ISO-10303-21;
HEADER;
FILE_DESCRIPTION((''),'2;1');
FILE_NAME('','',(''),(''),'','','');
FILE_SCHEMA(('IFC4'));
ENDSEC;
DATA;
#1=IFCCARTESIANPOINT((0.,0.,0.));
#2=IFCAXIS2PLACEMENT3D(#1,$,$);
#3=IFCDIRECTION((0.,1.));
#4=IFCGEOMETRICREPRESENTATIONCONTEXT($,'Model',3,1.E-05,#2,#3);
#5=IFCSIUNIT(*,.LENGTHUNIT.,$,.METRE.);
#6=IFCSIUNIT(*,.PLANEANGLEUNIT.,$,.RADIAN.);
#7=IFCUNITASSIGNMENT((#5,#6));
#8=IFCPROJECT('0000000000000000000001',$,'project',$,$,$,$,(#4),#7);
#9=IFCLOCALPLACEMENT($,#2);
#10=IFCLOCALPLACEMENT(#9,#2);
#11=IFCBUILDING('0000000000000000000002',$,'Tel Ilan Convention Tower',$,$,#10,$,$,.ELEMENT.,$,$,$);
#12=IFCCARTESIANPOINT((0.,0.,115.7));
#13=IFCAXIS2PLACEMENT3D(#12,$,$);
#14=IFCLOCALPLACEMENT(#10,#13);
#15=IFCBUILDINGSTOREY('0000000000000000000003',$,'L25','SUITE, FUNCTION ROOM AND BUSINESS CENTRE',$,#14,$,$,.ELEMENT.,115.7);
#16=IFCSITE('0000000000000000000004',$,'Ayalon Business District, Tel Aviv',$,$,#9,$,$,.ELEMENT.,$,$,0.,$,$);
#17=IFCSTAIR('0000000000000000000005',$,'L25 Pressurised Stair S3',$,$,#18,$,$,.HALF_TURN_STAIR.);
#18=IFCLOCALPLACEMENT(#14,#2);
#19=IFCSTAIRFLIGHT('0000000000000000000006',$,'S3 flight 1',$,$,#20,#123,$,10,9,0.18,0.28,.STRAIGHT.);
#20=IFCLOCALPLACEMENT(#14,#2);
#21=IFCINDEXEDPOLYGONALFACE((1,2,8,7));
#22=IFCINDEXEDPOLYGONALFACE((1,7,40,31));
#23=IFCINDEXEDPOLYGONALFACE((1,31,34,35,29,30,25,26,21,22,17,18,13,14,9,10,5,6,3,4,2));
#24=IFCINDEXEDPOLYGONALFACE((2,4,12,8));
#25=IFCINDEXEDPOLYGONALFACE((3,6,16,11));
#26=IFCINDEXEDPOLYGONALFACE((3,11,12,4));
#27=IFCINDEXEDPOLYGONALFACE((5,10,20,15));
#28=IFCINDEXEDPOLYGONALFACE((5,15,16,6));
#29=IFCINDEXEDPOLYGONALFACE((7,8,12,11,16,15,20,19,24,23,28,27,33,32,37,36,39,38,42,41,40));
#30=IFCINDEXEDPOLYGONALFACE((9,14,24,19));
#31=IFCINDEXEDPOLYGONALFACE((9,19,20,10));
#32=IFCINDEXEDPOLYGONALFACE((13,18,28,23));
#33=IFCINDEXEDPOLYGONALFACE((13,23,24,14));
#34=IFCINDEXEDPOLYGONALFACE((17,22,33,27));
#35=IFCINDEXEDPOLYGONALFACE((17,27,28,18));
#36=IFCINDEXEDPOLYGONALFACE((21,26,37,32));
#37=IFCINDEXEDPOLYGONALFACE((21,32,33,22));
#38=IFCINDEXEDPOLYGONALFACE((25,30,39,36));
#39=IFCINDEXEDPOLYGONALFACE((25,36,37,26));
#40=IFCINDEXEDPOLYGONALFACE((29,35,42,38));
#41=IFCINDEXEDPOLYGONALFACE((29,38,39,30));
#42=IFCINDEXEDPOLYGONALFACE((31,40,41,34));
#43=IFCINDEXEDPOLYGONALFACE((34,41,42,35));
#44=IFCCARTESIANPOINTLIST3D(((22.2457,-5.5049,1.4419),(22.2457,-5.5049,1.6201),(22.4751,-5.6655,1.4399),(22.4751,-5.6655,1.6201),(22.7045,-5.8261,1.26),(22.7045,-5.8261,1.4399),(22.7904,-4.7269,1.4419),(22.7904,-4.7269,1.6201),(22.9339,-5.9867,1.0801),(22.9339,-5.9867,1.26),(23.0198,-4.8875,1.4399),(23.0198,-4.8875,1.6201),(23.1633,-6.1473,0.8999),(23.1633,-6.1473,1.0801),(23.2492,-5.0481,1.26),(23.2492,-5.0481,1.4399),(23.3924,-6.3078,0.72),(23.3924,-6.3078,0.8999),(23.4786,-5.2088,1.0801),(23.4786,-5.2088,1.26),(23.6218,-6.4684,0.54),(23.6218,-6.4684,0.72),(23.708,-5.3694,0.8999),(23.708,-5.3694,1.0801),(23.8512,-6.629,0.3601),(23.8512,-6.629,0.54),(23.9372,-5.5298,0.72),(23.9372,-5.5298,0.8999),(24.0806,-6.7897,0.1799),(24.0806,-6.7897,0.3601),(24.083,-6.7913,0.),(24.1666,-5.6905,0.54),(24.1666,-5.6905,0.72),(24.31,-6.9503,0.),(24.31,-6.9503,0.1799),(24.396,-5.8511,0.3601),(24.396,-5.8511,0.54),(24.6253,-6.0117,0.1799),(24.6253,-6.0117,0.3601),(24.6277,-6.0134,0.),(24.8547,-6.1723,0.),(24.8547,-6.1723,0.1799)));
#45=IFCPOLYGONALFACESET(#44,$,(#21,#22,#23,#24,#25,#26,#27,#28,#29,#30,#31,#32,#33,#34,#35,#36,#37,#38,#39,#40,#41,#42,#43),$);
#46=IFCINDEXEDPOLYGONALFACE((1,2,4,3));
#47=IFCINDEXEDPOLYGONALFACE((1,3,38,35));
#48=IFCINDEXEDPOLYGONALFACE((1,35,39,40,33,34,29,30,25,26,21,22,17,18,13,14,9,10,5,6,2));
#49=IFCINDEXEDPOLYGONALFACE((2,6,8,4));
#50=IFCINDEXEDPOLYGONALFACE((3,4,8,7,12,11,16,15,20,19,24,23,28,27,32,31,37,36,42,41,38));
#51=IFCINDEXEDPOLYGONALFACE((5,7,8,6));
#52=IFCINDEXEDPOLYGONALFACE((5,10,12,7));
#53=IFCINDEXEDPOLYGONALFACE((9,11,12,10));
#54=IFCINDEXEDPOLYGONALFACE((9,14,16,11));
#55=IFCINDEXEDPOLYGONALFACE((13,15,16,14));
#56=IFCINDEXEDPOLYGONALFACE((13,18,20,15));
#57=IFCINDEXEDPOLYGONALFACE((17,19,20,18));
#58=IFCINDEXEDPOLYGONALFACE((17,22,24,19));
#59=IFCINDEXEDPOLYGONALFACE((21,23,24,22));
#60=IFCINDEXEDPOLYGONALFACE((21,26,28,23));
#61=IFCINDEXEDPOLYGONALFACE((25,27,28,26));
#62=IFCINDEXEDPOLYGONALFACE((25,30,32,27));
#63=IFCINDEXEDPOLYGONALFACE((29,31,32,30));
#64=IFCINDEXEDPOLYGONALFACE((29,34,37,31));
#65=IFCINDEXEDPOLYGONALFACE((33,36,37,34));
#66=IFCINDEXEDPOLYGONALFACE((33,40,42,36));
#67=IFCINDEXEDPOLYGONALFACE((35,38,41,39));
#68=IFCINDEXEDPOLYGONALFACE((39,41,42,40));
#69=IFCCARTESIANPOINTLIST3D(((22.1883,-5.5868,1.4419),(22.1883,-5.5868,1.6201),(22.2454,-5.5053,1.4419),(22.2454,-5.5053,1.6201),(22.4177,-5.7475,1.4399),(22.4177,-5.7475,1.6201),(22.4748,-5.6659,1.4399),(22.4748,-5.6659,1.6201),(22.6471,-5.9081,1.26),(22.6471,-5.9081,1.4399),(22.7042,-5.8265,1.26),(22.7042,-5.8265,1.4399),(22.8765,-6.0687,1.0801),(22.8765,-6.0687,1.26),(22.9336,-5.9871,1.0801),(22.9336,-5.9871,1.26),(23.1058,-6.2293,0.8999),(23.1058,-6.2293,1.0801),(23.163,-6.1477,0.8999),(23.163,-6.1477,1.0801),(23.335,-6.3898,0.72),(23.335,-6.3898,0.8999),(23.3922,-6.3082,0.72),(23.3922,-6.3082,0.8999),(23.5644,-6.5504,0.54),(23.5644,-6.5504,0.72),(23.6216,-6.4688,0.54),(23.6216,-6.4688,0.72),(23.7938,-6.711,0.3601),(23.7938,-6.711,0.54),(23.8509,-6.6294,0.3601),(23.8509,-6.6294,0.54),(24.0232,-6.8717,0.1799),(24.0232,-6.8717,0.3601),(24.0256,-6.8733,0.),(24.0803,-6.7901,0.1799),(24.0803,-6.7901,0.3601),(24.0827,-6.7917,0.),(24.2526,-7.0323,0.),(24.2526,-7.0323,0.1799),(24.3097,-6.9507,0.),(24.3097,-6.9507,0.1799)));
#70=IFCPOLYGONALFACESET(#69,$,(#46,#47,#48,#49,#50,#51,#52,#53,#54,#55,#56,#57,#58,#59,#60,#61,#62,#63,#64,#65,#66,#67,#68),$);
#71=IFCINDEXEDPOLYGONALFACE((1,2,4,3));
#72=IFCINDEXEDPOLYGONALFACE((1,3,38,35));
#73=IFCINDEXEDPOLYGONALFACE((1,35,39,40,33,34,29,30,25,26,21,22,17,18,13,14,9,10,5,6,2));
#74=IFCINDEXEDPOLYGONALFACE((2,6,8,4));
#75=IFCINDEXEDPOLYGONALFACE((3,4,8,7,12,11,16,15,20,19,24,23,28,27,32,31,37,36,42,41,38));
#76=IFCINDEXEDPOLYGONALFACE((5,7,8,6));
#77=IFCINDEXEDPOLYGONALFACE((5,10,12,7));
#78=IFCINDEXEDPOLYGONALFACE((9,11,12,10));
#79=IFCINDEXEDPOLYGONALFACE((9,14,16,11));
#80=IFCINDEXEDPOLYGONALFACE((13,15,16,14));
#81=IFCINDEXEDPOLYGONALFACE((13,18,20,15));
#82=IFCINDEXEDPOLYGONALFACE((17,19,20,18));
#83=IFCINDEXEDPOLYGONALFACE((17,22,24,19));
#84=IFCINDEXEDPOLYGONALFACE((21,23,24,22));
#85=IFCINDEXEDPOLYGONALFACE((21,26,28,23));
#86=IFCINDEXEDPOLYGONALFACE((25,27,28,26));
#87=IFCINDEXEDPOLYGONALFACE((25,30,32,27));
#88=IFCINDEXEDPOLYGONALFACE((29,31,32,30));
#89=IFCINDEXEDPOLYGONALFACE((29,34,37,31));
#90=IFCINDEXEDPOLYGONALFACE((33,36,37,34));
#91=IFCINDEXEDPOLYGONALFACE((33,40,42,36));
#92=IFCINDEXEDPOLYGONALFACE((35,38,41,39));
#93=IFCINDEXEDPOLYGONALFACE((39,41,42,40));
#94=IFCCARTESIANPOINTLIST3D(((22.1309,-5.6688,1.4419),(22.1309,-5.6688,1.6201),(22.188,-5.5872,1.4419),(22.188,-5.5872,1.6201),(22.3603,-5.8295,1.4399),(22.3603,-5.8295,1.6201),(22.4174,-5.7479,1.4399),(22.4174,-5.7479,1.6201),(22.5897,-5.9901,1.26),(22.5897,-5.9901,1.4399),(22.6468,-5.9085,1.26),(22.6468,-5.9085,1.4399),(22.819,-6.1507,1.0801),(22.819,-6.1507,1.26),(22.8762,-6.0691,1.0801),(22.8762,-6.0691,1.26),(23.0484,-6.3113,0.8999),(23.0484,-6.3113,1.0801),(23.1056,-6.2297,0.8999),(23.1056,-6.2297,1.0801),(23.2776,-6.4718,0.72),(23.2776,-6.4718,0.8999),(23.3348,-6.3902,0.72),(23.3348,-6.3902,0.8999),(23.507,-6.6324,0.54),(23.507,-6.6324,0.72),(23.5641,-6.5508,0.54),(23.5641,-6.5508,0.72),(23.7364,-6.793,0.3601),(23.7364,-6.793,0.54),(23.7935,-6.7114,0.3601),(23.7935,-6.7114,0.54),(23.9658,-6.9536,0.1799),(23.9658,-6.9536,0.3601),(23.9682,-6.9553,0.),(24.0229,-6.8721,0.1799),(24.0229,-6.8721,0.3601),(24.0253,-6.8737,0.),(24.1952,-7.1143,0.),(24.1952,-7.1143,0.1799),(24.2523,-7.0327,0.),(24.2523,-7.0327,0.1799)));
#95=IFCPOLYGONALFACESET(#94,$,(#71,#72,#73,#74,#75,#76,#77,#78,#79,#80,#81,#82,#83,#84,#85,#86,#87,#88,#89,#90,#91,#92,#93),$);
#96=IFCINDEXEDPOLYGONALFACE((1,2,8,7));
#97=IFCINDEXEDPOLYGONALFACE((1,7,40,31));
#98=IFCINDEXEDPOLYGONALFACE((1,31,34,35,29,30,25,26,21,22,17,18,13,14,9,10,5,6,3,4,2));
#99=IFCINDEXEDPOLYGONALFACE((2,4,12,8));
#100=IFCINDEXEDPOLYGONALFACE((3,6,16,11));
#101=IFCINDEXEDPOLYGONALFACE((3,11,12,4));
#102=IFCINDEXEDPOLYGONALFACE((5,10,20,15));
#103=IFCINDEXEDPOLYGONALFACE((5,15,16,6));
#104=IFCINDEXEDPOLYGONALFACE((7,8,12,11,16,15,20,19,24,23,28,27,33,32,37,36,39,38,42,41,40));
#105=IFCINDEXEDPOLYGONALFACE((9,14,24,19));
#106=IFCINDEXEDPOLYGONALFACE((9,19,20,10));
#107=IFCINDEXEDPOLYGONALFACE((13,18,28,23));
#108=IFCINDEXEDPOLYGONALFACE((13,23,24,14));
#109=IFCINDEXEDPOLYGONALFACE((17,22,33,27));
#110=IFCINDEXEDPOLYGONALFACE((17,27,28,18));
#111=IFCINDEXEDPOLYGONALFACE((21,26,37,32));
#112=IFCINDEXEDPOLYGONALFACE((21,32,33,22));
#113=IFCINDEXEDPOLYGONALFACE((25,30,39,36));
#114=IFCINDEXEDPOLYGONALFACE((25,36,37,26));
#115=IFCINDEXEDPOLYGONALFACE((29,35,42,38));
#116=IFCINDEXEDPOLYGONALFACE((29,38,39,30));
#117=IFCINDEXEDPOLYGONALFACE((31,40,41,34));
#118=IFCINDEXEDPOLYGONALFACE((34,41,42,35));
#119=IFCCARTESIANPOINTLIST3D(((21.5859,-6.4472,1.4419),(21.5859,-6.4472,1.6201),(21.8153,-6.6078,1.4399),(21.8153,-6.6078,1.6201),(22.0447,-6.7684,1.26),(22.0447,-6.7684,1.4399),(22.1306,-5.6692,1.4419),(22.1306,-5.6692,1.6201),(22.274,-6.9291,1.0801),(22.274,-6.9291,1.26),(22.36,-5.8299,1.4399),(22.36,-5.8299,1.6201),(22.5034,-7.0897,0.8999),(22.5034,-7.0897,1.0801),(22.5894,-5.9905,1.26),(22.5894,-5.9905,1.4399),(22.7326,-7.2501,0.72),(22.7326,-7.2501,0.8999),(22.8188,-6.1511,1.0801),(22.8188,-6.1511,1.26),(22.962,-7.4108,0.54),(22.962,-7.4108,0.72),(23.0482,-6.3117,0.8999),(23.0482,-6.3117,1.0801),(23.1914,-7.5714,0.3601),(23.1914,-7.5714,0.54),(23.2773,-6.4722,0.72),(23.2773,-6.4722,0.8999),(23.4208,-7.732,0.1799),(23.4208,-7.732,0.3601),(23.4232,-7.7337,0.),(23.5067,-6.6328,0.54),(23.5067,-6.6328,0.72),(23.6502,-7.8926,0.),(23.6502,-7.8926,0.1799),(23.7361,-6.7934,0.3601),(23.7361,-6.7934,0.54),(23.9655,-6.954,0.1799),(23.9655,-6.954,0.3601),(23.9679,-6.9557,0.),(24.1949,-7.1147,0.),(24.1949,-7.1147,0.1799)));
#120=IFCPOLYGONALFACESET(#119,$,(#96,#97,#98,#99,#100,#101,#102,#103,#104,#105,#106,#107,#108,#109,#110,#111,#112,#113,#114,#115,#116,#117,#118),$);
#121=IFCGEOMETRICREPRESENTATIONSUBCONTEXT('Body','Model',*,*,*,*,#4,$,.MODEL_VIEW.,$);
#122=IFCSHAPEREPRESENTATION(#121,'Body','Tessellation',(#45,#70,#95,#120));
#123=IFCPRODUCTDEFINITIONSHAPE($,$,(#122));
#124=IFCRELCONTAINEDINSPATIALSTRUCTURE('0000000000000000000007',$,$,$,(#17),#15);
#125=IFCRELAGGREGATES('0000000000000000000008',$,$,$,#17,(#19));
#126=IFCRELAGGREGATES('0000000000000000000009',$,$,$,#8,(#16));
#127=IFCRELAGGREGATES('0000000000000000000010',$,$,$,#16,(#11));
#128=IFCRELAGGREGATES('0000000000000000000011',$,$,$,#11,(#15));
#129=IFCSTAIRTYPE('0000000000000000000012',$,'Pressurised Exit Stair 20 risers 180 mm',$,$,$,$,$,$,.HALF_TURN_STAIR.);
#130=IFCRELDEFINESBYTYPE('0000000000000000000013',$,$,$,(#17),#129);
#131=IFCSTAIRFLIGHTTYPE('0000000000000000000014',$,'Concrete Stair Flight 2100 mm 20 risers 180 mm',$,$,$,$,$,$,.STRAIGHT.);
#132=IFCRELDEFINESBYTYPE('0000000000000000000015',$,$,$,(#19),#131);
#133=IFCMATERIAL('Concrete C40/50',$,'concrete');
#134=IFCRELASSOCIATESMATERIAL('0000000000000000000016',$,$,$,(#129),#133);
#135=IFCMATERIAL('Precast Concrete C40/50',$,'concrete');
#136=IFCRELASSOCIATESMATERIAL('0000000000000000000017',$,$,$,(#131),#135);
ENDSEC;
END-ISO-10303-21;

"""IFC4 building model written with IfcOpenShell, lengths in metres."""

from ifc_helpers import new_model, si_unit, direction, frame, origin, place, context, subcontext, project, spatial, polyline, outline, extrude, material, type_object, element, aggregate, save


model = new_model("IFC4")

# Units and contexts
model_context = context("Model", 3, precision=1e-05, world=origin(), true_north=direction((0.0, 1.0)))
body_context = subcontext(model_context, "Body", "Model", "MODEL_VIEW")
ifc_project = project(units=[si_unit("LENGTHUNIT", "METRE"), si_unit("PLANEANGLEUNIT", "RADIAN")], contexts=[model_context])

# Site, building, storey
site_placement = place(None, origin())
site = spatial("IfcSite", under=ifc_project, at=site_placement, Name="Ayalon Business District, Tel Aviv", CompositionType="ELEMENT", RefElevation=0.0)
building_placement = place(site_placement, origin())
building = spatial("IfcBuilding", under=site, at=building_placement, Name="Tel Ilan Convention Tower", CompositionType="ELEMENT")
storey_placement = place(building_placement, frame((0.0, 0.0, 115.7)))
storey = spatial("IfcBuildingStorey", under=building, at=storey_placement, Name="L25", Description="SUITE, FUNCTION ROOM AND BUSINESS CENTRE", CompositionType="ELEMENT", Elevation=115.7)

# Stair, stair flight
ifc_material_1 = material(Name="Concrete C40/50", Category="concrete")
stair_type = type_object("IfcStairType", Name="Pressurised Exit Stair 20 risers 180 mm", PredefinedType="HALF_TURN_STAIR", material=ifc_material_1)
stair_1_placement = place(storey_placement, origin())
stair_1 = element("IfcStair", 1, at=stair_1_placement, inside=storey, type_object=stair_type, Name="L25 Pressurised Stair S3", PredefinedType="HALF_TURN_STAIR")
ifc_material_2 = material(Name="Precast Concrete C40/50", Category="concrete")
stair_flight_type = type_object("IfcStairFlightType", Name="Concrete Stair Flight 2100 mm 20 risers 180 mm", PredefinedType="STRAIGHT", material=ifc_material_2)
stair_flight_1_placement = place(storey_placement, frame((24.2524, -7.0325, 0.0), z_axis=(0.0, 0.0, 1.0), x_axis=(-0.819152, 0.573576, 0.0)))
stair_flight_1 = element("IfcStairFlight", 2, at=stair_flight_1_placement, type_object=stair_flight_type, Name="S3 flight 1", NumberOfRisers=10, NumberOfTreads=9, PredefinedType="STRAIGHT", RiserHeight=0.18, TreadLength=0.28, context=body_context, shape_type="SweptSolid", body=[
    extrude(outline(polyline([(0.0, 0.0), (0.0, 0.1799), (0.28, 0.1799), (0.28, 0.3601), (0.5601, 0.3601), (0.5601, 0.54), (0.8401, 0.54), (0.8401, 0.72), (1.1201, 0.72), (1.1201, 0.8999), (1.3999, 0.8999), (1.3999, 1.0801), (1.6799, 1.0801), (1.6799, 1.26), (1.96, 1.26), (1.96, 1.4399), (2.24, 1.4399), (2.24, 1.6201), (2.52, 1.6201), (2.52, 1.8), (2.52, 1.4419), (0.2771, 0.0), (0.0, 0.0)])), frame((0.0, -0.1003, 0.0), z_axis=(0.0, -1.0, 0.0), x_axis=(1.0, 0.0, 0.0)), (0.0, 0.0, 1.0), 0.9497),
    extrude(outline(polyline([(0.0, 0.0), (0.0, 0.1799), (0.28, 0.1799), (0.28, 0.3601), (0.5601, 0.3601), (0.5601, 0.54), (0.8401, 0.54), (0.8401, 0.72), (1.1201, 0.72), (1.1201, 0.8999), (1.3999, 0.8999), (1.3999, 1.0801), (1.6799, 1.0801), (1.6799, 1.26), (1.96, 1.26), (1.96, 1.4399), (2.24, 1.4399), (2.24, 1.6201), (2.52, 1.6201), (2.52, 1.8), (2.52, 1.4419), (0.2771, 0.0), (0.0, 0.0)])), frame((0.0, -0.0002, 0.0), z_axis=(0.0, -1.0, 0.0), x_axis=(1.0, 0.0, 0.0)), (0.0, 0.0, 1.0), 0.0996),
    extrude(outline(polyline([(0.0, 0.0), (0.0, 0.1799), (0.28, 0.1799), (0.28, 0.3601), (0.5601, 0.3601), (0.5601, 0.54), (0.8401, 0.54), (0.8401, 0.72), (1.1201, 0.72), (1.1201, 0.8999), (1.3999, 0.8999), (1.3999, 1.0801), (1.6799, 1.0801), (1.6799, 1.26), (1.96, 1.26), (1.96, 1.4399), (2.24, 1.4399), (2.24, 1.6201), (2.52, 1.6201), (2.52, 1.8), (2.52, 1.4419), (0.2771, 0.0), (0.0, 0.0)])), frame((0.0, 0.0999, 0.0), z_axis=(0.0, -1.0, 0.0), x_axis=(1.0, 0.0, 0.0)), (0.0, 0.0, 1.0), 0.0996),
    extrude(outline(polyline([(0.0, 0.0), (0.0, 0.1799), (0.28, 0.1799), (0.28, 0.3601), (0.5601, 0.3601), (0.5601, 0.54), (0.8401, 0.54), (0.8401, 0.72), (1.1201, 0.72), (1.1201, 0.8999), (1.3999, 0.8999), (1.3999, 1.0801), (1.6799, 1.0801), (1.6799, 1.26), (1.96, 1.26), (1.96, 1.4399), (2.24, 1.4399), (2.24, 1.6201), (2.52, 1.6201), (2.52, 1.8), (2.52, 1.4419), (0.2771, 0.0), (0.0, 0.0)])), frame((0.0, 1.05, 0.0), z_axis=(0.0, -1.0, 0.0), x_axis=(1.0, 0.0, 0.0)), (0.0, 0.0, 1.0), 0.9497),
])
aggregate(stair_1, [stair_flight_1])

save(model, "model.ifc")
